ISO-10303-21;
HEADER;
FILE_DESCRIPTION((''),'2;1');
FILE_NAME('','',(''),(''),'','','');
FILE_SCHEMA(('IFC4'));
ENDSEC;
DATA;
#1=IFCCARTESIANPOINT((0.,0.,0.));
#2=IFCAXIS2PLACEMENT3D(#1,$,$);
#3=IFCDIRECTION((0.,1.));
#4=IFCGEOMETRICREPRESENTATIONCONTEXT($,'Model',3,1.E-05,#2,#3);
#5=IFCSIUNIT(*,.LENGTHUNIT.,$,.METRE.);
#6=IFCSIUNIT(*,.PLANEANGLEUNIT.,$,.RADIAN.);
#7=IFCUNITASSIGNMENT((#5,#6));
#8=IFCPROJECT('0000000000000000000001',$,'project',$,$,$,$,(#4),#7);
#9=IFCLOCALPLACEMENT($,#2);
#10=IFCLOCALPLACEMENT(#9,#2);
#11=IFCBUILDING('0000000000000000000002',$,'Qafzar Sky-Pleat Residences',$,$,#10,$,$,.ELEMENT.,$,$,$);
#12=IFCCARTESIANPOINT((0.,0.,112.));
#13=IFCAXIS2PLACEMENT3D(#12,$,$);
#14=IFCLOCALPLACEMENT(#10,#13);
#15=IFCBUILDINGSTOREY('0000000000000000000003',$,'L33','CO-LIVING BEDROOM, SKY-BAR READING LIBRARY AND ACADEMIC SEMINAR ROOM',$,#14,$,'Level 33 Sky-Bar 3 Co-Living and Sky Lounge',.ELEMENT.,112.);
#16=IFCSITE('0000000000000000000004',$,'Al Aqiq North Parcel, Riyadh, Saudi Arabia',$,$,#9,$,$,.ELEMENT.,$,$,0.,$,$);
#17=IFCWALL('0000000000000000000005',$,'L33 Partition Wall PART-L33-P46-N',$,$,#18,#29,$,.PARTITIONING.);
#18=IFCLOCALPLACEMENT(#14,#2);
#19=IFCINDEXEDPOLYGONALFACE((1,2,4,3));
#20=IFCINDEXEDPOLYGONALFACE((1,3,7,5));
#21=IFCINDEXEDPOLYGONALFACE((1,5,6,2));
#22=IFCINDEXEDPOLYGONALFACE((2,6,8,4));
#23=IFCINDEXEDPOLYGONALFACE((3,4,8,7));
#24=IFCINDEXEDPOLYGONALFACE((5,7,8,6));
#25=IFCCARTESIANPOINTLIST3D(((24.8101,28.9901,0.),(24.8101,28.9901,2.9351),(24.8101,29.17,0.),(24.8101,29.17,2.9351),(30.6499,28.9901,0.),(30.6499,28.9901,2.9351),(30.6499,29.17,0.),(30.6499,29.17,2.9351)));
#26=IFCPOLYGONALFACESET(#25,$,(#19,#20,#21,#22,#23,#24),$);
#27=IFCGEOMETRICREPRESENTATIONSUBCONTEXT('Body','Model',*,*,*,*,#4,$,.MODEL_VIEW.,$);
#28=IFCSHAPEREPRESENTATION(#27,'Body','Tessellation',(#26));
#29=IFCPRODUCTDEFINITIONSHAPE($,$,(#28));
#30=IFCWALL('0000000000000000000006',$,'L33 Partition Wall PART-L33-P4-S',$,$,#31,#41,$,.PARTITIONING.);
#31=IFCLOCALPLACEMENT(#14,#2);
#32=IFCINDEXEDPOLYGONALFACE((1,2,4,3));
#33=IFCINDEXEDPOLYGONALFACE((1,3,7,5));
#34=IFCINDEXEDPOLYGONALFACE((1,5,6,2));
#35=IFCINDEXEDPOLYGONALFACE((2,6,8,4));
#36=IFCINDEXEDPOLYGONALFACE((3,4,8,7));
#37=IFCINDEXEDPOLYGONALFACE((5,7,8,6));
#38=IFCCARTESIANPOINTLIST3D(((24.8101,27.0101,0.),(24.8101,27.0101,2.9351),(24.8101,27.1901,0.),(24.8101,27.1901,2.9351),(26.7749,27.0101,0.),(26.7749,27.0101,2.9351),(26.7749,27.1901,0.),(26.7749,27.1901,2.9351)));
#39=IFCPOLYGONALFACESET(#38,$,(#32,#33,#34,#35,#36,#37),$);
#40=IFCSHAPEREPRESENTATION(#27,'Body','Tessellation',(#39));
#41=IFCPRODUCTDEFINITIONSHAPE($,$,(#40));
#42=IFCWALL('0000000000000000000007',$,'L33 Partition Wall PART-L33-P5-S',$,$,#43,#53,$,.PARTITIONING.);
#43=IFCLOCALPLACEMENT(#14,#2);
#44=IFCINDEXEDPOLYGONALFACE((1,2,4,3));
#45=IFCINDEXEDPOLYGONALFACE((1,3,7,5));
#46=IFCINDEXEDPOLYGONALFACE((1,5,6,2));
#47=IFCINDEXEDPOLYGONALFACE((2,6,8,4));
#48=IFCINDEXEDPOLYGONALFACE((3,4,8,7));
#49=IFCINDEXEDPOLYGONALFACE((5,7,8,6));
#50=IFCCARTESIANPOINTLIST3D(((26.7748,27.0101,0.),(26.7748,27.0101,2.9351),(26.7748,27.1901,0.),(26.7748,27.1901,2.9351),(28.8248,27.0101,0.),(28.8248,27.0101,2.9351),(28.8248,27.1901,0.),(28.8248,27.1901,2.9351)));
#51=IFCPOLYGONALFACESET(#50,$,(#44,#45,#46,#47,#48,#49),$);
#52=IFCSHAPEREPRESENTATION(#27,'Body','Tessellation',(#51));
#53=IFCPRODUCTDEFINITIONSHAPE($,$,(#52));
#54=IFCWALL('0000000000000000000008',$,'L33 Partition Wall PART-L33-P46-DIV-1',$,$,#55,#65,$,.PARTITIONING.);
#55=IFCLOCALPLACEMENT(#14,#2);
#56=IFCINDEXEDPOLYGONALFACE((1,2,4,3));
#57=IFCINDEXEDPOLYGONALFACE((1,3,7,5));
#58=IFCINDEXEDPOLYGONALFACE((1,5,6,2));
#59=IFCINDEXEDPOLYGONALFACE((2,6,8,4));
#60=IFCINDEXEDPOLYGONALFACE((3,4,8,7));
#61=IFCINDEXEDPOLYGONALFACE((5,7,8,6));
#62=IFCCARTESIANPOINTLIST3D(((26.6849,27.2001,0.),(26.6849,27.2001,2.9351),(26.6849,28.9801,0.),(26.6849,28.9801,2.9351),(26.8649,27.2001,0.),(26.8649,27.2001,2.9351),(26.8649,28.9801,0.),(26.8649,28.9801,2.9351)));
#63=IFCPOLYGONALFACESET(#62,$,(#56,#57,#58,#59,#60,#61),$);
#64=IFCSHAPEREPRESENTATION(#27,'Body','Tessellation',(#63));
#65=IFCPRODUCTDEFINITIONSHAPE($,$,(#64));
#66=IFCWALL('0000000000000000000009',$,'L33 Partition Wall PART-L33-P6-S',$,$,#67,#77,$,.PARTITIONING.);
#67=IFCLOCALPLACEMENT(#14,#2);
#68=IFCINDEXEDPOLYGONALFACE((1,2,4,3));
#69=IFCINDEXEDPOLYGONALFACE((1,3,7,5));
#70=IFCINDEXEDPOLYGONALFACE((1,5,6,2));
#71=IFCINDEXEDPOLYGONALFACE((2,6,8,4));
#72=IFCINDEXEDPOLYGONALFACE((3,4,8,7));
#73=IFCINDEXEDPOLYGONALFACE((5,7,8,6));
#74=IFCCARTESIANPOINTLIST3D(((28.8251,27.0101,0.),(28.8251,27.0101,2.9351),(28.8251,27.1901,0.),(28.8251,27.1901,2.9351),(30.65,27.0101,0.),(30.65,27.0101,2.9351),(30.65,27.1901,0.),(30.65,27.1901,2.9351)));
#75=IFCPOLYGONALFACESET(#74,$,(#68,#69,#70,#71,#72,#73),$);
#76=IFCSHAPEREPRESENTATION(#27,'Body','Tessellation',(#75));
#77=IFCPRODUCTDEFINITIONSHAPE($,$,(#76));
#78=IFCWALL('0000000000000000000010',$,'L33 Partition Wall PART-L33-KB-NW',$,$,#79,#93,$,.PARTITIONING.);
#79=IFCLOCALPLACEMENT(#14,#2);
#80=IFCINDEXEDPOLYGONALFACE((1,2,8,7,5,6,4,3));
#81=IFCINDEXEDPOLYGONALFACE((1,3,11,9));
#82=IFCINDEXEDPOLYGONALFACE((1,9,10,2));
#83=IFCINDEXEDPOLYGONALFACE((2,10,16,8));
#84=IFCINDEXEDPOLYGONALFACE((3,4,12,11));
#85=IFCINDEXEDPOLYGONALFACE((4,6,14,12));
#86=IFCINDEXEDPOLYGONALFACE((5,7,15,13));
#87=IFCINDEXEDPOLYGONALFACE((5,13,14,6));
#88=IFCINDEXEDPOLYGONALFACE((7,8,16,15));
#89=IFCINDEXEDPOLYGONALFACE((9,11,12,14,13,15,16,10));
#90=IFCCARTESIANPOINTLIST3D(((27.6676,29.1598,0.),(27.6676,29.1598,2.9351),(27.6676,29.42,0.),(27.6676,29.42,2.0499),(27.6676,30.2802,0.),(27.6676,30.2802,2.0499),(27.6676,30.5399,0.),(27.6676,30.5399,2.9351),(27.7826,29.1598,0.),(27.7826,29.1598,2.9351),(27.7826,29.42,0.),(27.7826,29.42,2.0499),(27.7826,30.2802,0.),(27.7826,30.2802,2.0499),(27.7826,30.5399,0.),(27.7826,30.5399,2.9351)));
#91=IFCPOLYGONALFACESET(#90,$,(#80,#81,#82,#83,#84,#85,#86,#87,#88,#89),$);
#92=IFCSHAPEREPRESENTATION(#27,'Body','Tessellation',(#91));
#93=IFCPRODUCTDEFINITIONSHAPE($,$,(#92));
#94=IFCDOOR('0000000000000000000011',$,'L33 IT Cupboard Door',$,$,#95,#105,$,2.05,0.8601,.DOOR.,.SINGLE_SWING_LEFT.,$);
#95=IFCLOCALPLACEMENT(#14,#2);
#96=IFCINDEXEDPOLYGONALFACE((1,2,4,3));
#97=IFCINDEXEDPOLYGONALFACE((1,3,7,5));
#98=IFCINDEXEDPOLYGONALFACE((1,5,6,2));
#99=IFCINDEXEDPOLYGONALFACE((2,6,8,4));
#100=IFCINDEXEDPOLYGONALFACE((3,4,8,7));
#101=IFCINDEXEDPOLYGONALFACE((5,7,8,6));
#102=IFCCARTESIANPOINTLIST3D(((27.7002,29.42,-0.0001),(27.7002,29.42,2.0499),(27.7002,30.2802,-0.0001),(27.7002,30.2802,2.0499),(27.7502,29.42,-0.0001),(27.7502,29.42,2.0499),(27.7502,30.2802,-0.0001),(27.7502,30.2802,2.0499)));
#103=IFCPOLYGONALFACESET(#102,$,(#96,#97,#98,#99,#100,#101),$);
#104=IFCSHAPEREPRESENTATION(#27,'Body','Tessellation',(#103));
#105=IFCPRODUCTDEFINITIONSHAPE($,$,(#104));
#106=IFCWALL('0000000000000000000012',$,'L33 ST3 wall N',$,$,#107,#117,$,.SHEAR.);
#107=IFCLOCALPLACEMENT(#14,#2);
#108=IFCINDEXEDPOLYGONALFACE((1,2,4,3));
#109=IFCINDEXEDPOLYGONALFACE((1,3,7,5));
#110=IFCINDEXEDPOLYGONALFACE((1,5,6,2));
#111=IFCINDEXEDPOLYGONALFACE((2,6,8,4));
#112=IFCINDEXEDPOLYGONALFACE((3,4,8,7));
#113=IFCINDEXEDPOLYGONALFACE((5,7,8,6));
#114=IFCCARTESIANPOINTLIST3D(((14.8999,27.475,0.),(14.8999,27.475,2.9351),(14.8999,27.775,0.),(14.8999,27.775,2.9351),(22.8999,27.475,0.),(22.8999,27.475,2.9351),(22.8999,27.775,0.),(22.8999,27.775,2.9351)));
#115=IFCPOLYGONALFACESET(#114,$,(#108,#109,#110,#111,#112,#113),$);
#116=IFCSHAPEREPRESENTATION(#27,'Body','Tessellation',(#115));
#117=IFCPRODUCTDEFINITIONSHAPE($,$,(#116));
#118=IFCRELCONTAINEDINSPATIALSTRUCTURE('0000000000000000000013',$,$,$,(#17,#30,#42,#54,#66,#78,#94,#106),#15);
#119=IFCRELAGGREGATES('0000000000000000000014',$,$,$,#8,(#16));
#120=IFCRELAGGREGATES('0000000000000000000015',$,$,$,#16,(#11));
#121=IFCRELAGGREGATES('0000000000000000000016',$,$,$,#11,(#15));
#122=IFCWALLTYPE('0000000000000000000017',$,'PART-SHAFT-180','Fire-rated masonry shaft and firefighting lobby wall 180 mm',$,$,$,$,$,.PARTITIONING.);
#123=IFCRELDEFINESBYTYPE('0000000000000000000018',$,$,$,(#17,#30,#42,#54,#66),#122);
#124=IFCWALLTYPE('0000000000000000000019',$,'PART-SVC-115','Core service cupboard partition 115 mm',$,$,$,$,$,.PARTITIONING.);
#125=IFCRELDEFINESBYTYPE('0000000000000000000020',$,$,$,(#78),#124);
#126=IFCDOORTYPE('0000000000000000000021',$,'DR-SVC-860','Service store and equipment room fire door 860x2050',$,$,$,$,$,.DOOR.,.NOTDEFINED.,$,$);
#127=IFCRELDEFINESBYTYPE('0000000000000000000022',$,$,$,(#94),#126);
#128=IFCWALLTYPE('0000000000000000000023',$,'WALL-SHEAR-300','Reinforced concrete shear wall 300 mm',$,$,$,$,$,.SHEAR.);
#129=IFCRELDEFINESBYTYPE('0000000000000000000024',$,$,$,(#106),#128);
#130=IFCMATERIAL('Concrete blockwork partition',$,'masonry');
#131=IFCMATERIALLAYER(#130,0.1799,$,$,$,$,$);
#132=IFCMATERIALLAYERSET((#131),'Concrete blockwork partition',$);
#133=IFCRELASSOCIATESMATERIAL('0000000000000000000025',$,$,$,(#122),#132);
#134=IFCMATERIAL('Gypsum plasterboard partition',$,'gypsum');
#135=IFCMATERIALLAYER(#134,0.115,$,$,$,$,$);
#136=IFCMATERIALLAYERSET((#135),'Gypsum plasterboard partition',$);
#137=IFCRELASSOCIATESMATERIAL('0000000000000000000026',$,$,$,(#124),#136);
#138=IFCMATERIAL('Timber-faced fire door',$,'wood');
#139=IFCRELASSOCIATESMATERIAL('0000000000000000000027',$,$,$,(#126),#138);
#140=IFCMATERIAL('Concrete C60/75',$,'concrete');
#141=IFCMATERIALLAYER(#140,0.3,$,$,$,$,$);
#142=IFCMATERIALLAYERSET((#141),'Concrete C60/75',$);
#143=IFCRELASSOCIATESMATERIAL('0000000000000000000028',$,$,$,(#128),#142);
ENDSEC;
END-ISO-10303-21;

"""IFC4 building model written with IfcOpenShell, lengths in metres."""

from ifc_helpers import new_model, si_unit, direction, frame, frame_2d, origin, place, context, subcontext, project, spatial, rectangle, extrude, source, transform, mapped, material, layer, layer_set, type_object, element, fill, save


model = new_model("IFC4")

# Units and contexts
model_context = context("Model", 3, precision=1e-05, world=origin(), true_north=direction((0.0, 1.0)))
body_context = subcontext(model_context, "Body", "Model", "MODEL_VIEW")
ifc_project = project(units=[si_unit("LENGTHUNIT", "METRE"), si_unit("PLANEANGLEUNIT", "RADIAN")], contexts=[model_context])

# Site, building, storey
site_placement = place(None, origin())
site = spatial("IfcSite", under=ifc_project, at=site_placement, Name="Al Aqiq North Parcel, Riyadh, Saudi Arabia", CompositionType="ELEMENT", RefElevation=0.0)
building_placement = place(site_placement, origin())
building = spatial("IfcBuilding", under=site, at=building_placement, Name="Qafzar Sky-Pleat Residences", CompositionType="ELEMENT")
storey_placement = place(building_placement, frame((0.0, 0.0, 112.0)))
storey = spatial("IfcBuildingStorey", under=building, at=storey_placement, Name="L33", Description="CO-LIVING BEDROOM, SKY-BAR READING LIBRARY AND ACADEMIC SEMINAR ROOM", LongName="Level 33 Sky-Bar 3 Co-Living and Sky Lounge", CompositionType="ELEMENT", Elevation=112.0)

# Shared definitions
ifc_material_1 = material(Name="Concrete blockwork partition", Category="masonry")
ifc_layer_1 = layer(ifc_material_1, 0.1799)
ifc_layer_set_1 = layer_set([ifc_layer_1], Name="Concrete blockwork partition")
wall_type_1 = type_object("IfcWallType", Name="PART-SHAFT-180", Description="Fire-rated masonry shaft and firefighting lobby wall 180 mm", PredefinedType="PARTITIONING", material=ifc_layer_set_1)

# Walls
wall_1_placement = place(storey_placement, frame((24.8101, 29.0801, 0.0), z_axis=(0.0, 0.0, 1.0), x_axis=(1.0, 0.0, 0.0)))
element("IfcWall", 1, at=wall_1_placement, inside=storey, type_object=wall_type_1, Name="L33 Partition Wall PART-L33-P46-N", PredefinedType="PARTITIONING", context=body_context, shape_type="SweptSolid", body=[
    extrude(rectangle(XDim=5.8398, YDim=0.1799, at=frame_2d((2.9199, 0.0))), origin(), (0.0, 0.0, 1.0), 2.9351),
])
wall_2_placement = place(storey_placement, frame((24.8101, 27.1001, 0.0), z_axis=(0.0, 0.0, 1.0), x_axis=(1.0, 0.0, 0.0)))
element("IfcWall", 2, at=wall_2_placement, inside=storey, type_object=wall_type_1, Name="L33 Partition Wall PART-L33-P4-S", PredefinedType="PARTITIONING", context=body_context, shape_type="SweptSolid", body=[
    extrude(rectangle(XDim=1.9648, YDim=0.1799, at=frame_2d((0.9824, 0.0))), origin(), (0.0, 0.0, 1.0), 2.9351),
])
wall_3_placement = place(storey_placement, frame((26.7749, 27.1001, 0.0), z_axis=(0.0, 0.0, 1.0), x_axis=(1.0, 0.0, 0.0)))
element("IfcWall", 3, at=wall_3_placement, inside=storey, type_object=wall_type_1, Name="L33 Partition Wall PART-L33-P5-S", PredefinedType="PARTITIONING", context=body_context, shape_type="SweptSolid", body=[
    extrude(rectangle(XDim=2.05, YDim=0.1799, at=frame_2d((1.0249, 0.0))), origin(), (0.0, 0.0, 1.0), 2.9351),
])
wall_4_placement = place(storey_placement, frame((26.7749, 27.2, 0.0), z_axis=(0.0, 0.0, 1.0), x_axis=(0.0, 1.0, 0.0)))
element("IfcWall", 4, at=wall_4_placement, inside=storey, type_object=wall_type_1, Name="L33 Partition Wall PART-L33-P46-DIV-1", PredefinedType="PARTITIONING", context=body_context, shape_type="SweptSolid", body=[
    extrude(rectangle(XDim=1.78, YDim=0.1799, at=frame_2d((0.8901, 0.0))), origin(), (0.0, 0.0, 1.0), 2.9351),
])
wall_5_placement = place(storey_placement, frame((28.825, 27.1001, 0.0), z_axis=(0.0, 0.0, 1.0), x_axis=(1.0, 0.0, 0.0)))
element("IfcWall", 5, at=wall_5_placement, inside=storey, type_object=wall_type_1, Name="L33 Partition Wall PART-L33-P6-S", PredefinedType="PARTITIONING", context=body_context, shape_type="SweptSolid", body=[
    extrude(rectangle(XDim=1.825, YDim=0.1799, at=frame_2d((0.9126, 0.0))), origin(), (0.0, 0.0, 1.0), 2.9351),
])

# Wall, opening, door
ifc_material_2 = material(Name="Gypsum plasterboard partition", Category="gypsum")
ifc_layer_2 = layer(ifc_material_2, 0.115)
ifc_layer_set_2 = layer_set([ifc_layer_2], Name="Gypsum plasterboard partition")
wall_type_2 = type_object("IfcWallType", Name="PART-SVC-115", Description="Core service cupboard partition 115 mm", PredefinedType="PARTITIONING", material=ifc_layer_set_2)
wall_6_placement = place(storey_placement, frame((27.7251, 29.1599, 0.0), z_axis=(0.0, 0.0, 1.0), x_axis=(0.0, 1.0, 0.0)))
wall_6 = element("IfcWall", 6, at=wall_6_placement, inside=storey, type_object=wall_type_2, Name="L33 Partition Wall PART-L33-KB-NW", PredefinedType="PARTITIONING", context=body_context, shape_type="SweptSolid", body=[
    extrude(rectangle(XDim=1.3801, YDim=0.115, at=frame_2d((0.6899, 0.0))), origin(), (0.0, 0.0, 1.0), 2.9351),
])
opening_1_placement = place(wall_6_placement, frame((0.26, 0.0, 0.0)))
opening_1 = element("IfcOpeningElement", 7, at=opening_1_placement, cuts=wall_6, PredefinedType="OPENING", context=body_context, shape_type="SweptSolid", body=[
    extrude(rectangle(XDim=0.8601, YDim=2.05, at=frame_2d((0.4302, 1.0249))), frame((0.0, 0.0674, 0.0), z_axis=(0.0, -1.0, 0.0), x_axis=(1.0, 0.0, 0.0)), (0.0, 0.0, 1.0), 0.135),
])
ifc_material_3 = material(Name="Timber-faced fire door", Category="wood")
door_type_1 = type_object("IfcDoorType", Name="DR-SVC-860", Description="Service store and equipment room fire door 860x2050", OperationType="NOTDEFINED", PredefinedType="DOOR", material=ifc_material_3)
shared_shape_1 = source(origin(), body_context, "Body", "SweptSolid", [
    extrude(rectangle(XDim=0.8601, YDim=2.05, at=frame_2d((0.4302, 1.0249))), frame((0.0, 0.0249, 0.0), z_axis=(0.0, -1.0, 0.0), x_axis=(1.0, 0.0, 0.0)), (0.0, 0.0, 1.0), 0.05),
])
door_1_placement = place(opening_1_placement, origin())
door_1 = element("IfcDoor", 8, at=door_1_placement, inside=storey, type_object=door_type_1, Name="L33 IT Cupboard Door", OperationType="SINGLE_SWING_LEFT", OverallHeight=2.05, OverallWidth=0.8601, PredefinedType="DOOR", context=body_context, shape_type="MappedRepresentation", body=[
    mapped(shared_shape_1, transform((0.0, 0.0, 0.0), x_axis=(1.0, 0.0, 0.0), y_axis=(0.0, 1.0, 0.0), z_axis=(0.0, 0.0, 1.0), scale=1.0)),
])
fill(opening_1, door_1)

# Wall
ifc_material_4 = material(Name="Concrete C60/75", Category="concrete")
ifc_layer_3 = layer(ifc_material_4, 0.3)
ifc_layer_set_3 = layer_set([ifc_layer_3], Name="Concrete C60/75")
wall_type_3 = type_object("IfcWallType", Name="WALL-SHEAR-300", Description="Reinforced concrete shear wall 300 mm", PredefinedType="SHEAR", material=ifc_layer_set_3)
wall_7_placement = place(storey_placement, frame((22.8999, 27.625, 0.0), z_axis=(0.0, 0.0, 1.0), x_axis=(-1.0, 0.0, 0.0)))
element("IfcWall", 9, at=wall_7_placement, inside=storey, type_object=wall_type_3, Name="L33 ST3 wall N", PredefinedType="SHEAR", context=body_context, shape_type="SweptSolid", body=[
    extrude(rectangle(XDim=8.0, YDim=0.3, at=frame_2d((4.0, 0.0))), origin(), (0.0, 0.0, 1.0), 2.9351),
])

save(model, "model.ifc")
